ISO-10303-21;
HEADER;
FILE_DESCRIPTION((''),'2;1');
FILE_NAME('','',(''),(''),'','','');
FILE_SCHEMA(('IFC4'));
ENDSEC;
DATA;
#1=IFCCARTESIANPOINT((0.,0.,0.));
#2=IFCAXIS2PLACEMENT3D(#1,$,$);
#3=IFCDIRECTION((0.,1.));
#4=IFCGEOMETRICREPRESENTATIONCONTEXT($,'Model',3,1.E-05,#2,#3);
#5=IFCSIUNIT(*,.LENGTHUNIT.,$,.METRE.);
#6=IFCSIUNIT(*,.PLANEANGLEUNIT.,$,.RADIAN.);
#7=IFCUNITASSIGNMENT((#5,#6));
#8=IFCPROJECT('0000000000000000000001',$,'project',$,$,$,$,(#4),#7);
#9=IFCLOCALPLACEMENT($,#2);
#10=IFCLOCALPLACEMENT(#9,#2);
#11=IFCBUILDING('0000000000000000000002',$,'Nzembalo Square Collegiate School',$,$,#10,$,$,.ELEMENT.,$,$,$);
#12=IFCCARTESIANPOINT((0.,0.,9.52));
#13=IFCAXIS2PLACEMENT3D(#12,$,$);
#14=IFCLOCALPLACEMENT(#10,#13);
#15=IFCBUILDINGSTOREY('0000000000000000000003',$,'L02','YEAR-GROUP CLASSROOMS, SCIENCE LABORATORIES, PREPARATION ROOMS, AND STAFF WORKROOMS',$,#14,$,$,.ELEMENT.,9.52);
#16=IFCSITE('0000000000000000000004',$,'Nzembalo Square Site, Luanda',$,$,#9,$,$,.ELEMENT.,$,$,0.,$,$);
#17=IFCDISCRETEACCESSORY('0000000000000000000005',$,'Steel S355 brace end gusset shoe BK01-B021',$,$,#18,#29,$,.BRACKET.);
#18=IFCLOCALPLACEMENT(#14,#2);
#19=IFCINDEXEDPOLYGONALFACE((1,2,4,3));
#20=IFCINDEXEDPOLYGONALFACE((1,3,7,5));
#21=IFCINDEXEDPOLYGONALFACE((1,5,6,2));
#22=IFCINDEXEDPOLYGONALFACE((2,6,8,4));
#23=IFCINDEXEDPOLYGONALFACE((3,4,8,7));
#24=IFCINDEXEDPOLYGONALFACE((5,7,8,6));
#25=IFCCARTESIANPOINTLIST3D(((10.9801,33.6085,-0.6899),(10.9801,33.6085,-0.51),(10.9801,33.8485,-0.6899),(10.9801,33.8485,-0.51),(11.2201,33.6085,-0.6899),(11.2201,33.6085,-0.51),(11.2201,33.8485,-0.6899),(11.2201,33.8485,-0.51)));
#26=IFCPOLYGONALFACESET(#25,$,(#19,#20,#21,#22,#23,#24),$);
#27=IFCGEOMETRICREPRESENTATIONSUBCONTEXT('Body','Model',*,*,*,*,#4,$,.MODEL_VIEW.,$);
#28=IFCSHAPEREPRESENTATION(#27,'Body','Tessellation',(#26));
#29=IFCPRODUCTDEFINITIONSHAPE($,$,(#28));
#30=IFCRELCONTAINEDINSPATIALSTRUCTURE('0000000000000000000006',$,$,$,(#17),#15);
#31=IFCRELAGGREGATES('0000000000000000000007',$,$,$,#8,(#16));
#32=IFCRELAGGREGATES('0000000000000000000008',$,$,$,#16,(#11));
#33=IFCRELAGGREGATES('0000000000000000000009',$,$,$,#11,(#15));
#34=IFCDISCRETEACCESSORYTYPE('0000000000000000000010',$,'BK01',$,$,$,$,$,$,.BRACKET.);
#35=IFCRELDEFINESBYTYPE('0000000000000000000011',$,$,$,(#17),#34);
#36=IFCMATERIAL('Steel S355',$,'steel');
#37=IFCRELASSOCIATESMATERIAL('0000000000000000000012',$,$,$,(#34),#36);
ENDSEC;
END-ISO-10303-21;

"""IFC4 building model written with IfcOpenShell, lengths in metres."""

from ifc_helpers import new_model, si_unit, direction, frame, origin, origin_2d, place, context, subcontext, project, spatial, rectangle, extrude, material, type_object, element, save


model = new_model("IFC4")

# Units and contexts
model_context = context("Model", 3, precision=1e-05, world=origin(), true_north=direction((0.0, 1.0)))
body_context = subcontext(model_context, "Body", "Model", "MODEL_VIEW")
ifc_project = project(units=[si_unit("LENGTHUNIT", "METRE"), si_unit("PLANEANGLEUNIT", "RADIAN")], contexts=[model_context])

# Site, building, storey
site_placement = place(None, origin())
site = spatial("IfcSite", under=ifc_project, at=site_placement, Name="Nzembalo Square Site, Luanda", CompositionType="ELEMENT", RefElevation=0.0)
building_placement = place(site_placement, origin())
building = spatial("IfcBuilding", under=site, at=building_placement, Name="Nzembalo Square Collegiate School", CompositionType="ELEMENT")
storey_placement = place(building_placement, frame((0.0, 0.0, 9.52)))
storey = spatial("IfcBuildingStorey", under=building, at=storey_placement, Name="L02", Description="YEAR-GROUP CLASSROOMS, SCIENCE LABORATORIES, PREPARATION ROOMS, AND STAFF WORKROOMS", CompositionType="ELEMENT", Elevation=9.52)

# Discrete accessory
ifc_material_1 = material(Name="Steel S355", Category="steel")
discrete_accessory_type = type_object("IfcDiscreteAccessoryType", Name="BK01", PredefinedType="BRACKET", material=ifc_material_1)
for number, where, z_axis, x_axis, name in (
    (1, (11.1001, 33.7285, -0.6899), (0.0, 0.0, 1.0), (1.0, 0.0, 0.0), "Steel S355 brace end gusset shoe BK01-B021"),
):
    element("IfcDiscreteAccessory", number, at=place(storey_placement, frame(where, z_axis=z_axis, x_axis=x_axis)), inside=storey, type_object=discrete_accessory_type, Name=name, PredefinedType="BRACKET", context=body_context, shape_type="SweptSolid", body=[
        extrude(rectangle(XDim=0.24, YDim=0.24, at=origin_2d()), origin(), (0.0, 0.0, 1.0), 0.1799),
    ])

save(model, "model.ifc")
